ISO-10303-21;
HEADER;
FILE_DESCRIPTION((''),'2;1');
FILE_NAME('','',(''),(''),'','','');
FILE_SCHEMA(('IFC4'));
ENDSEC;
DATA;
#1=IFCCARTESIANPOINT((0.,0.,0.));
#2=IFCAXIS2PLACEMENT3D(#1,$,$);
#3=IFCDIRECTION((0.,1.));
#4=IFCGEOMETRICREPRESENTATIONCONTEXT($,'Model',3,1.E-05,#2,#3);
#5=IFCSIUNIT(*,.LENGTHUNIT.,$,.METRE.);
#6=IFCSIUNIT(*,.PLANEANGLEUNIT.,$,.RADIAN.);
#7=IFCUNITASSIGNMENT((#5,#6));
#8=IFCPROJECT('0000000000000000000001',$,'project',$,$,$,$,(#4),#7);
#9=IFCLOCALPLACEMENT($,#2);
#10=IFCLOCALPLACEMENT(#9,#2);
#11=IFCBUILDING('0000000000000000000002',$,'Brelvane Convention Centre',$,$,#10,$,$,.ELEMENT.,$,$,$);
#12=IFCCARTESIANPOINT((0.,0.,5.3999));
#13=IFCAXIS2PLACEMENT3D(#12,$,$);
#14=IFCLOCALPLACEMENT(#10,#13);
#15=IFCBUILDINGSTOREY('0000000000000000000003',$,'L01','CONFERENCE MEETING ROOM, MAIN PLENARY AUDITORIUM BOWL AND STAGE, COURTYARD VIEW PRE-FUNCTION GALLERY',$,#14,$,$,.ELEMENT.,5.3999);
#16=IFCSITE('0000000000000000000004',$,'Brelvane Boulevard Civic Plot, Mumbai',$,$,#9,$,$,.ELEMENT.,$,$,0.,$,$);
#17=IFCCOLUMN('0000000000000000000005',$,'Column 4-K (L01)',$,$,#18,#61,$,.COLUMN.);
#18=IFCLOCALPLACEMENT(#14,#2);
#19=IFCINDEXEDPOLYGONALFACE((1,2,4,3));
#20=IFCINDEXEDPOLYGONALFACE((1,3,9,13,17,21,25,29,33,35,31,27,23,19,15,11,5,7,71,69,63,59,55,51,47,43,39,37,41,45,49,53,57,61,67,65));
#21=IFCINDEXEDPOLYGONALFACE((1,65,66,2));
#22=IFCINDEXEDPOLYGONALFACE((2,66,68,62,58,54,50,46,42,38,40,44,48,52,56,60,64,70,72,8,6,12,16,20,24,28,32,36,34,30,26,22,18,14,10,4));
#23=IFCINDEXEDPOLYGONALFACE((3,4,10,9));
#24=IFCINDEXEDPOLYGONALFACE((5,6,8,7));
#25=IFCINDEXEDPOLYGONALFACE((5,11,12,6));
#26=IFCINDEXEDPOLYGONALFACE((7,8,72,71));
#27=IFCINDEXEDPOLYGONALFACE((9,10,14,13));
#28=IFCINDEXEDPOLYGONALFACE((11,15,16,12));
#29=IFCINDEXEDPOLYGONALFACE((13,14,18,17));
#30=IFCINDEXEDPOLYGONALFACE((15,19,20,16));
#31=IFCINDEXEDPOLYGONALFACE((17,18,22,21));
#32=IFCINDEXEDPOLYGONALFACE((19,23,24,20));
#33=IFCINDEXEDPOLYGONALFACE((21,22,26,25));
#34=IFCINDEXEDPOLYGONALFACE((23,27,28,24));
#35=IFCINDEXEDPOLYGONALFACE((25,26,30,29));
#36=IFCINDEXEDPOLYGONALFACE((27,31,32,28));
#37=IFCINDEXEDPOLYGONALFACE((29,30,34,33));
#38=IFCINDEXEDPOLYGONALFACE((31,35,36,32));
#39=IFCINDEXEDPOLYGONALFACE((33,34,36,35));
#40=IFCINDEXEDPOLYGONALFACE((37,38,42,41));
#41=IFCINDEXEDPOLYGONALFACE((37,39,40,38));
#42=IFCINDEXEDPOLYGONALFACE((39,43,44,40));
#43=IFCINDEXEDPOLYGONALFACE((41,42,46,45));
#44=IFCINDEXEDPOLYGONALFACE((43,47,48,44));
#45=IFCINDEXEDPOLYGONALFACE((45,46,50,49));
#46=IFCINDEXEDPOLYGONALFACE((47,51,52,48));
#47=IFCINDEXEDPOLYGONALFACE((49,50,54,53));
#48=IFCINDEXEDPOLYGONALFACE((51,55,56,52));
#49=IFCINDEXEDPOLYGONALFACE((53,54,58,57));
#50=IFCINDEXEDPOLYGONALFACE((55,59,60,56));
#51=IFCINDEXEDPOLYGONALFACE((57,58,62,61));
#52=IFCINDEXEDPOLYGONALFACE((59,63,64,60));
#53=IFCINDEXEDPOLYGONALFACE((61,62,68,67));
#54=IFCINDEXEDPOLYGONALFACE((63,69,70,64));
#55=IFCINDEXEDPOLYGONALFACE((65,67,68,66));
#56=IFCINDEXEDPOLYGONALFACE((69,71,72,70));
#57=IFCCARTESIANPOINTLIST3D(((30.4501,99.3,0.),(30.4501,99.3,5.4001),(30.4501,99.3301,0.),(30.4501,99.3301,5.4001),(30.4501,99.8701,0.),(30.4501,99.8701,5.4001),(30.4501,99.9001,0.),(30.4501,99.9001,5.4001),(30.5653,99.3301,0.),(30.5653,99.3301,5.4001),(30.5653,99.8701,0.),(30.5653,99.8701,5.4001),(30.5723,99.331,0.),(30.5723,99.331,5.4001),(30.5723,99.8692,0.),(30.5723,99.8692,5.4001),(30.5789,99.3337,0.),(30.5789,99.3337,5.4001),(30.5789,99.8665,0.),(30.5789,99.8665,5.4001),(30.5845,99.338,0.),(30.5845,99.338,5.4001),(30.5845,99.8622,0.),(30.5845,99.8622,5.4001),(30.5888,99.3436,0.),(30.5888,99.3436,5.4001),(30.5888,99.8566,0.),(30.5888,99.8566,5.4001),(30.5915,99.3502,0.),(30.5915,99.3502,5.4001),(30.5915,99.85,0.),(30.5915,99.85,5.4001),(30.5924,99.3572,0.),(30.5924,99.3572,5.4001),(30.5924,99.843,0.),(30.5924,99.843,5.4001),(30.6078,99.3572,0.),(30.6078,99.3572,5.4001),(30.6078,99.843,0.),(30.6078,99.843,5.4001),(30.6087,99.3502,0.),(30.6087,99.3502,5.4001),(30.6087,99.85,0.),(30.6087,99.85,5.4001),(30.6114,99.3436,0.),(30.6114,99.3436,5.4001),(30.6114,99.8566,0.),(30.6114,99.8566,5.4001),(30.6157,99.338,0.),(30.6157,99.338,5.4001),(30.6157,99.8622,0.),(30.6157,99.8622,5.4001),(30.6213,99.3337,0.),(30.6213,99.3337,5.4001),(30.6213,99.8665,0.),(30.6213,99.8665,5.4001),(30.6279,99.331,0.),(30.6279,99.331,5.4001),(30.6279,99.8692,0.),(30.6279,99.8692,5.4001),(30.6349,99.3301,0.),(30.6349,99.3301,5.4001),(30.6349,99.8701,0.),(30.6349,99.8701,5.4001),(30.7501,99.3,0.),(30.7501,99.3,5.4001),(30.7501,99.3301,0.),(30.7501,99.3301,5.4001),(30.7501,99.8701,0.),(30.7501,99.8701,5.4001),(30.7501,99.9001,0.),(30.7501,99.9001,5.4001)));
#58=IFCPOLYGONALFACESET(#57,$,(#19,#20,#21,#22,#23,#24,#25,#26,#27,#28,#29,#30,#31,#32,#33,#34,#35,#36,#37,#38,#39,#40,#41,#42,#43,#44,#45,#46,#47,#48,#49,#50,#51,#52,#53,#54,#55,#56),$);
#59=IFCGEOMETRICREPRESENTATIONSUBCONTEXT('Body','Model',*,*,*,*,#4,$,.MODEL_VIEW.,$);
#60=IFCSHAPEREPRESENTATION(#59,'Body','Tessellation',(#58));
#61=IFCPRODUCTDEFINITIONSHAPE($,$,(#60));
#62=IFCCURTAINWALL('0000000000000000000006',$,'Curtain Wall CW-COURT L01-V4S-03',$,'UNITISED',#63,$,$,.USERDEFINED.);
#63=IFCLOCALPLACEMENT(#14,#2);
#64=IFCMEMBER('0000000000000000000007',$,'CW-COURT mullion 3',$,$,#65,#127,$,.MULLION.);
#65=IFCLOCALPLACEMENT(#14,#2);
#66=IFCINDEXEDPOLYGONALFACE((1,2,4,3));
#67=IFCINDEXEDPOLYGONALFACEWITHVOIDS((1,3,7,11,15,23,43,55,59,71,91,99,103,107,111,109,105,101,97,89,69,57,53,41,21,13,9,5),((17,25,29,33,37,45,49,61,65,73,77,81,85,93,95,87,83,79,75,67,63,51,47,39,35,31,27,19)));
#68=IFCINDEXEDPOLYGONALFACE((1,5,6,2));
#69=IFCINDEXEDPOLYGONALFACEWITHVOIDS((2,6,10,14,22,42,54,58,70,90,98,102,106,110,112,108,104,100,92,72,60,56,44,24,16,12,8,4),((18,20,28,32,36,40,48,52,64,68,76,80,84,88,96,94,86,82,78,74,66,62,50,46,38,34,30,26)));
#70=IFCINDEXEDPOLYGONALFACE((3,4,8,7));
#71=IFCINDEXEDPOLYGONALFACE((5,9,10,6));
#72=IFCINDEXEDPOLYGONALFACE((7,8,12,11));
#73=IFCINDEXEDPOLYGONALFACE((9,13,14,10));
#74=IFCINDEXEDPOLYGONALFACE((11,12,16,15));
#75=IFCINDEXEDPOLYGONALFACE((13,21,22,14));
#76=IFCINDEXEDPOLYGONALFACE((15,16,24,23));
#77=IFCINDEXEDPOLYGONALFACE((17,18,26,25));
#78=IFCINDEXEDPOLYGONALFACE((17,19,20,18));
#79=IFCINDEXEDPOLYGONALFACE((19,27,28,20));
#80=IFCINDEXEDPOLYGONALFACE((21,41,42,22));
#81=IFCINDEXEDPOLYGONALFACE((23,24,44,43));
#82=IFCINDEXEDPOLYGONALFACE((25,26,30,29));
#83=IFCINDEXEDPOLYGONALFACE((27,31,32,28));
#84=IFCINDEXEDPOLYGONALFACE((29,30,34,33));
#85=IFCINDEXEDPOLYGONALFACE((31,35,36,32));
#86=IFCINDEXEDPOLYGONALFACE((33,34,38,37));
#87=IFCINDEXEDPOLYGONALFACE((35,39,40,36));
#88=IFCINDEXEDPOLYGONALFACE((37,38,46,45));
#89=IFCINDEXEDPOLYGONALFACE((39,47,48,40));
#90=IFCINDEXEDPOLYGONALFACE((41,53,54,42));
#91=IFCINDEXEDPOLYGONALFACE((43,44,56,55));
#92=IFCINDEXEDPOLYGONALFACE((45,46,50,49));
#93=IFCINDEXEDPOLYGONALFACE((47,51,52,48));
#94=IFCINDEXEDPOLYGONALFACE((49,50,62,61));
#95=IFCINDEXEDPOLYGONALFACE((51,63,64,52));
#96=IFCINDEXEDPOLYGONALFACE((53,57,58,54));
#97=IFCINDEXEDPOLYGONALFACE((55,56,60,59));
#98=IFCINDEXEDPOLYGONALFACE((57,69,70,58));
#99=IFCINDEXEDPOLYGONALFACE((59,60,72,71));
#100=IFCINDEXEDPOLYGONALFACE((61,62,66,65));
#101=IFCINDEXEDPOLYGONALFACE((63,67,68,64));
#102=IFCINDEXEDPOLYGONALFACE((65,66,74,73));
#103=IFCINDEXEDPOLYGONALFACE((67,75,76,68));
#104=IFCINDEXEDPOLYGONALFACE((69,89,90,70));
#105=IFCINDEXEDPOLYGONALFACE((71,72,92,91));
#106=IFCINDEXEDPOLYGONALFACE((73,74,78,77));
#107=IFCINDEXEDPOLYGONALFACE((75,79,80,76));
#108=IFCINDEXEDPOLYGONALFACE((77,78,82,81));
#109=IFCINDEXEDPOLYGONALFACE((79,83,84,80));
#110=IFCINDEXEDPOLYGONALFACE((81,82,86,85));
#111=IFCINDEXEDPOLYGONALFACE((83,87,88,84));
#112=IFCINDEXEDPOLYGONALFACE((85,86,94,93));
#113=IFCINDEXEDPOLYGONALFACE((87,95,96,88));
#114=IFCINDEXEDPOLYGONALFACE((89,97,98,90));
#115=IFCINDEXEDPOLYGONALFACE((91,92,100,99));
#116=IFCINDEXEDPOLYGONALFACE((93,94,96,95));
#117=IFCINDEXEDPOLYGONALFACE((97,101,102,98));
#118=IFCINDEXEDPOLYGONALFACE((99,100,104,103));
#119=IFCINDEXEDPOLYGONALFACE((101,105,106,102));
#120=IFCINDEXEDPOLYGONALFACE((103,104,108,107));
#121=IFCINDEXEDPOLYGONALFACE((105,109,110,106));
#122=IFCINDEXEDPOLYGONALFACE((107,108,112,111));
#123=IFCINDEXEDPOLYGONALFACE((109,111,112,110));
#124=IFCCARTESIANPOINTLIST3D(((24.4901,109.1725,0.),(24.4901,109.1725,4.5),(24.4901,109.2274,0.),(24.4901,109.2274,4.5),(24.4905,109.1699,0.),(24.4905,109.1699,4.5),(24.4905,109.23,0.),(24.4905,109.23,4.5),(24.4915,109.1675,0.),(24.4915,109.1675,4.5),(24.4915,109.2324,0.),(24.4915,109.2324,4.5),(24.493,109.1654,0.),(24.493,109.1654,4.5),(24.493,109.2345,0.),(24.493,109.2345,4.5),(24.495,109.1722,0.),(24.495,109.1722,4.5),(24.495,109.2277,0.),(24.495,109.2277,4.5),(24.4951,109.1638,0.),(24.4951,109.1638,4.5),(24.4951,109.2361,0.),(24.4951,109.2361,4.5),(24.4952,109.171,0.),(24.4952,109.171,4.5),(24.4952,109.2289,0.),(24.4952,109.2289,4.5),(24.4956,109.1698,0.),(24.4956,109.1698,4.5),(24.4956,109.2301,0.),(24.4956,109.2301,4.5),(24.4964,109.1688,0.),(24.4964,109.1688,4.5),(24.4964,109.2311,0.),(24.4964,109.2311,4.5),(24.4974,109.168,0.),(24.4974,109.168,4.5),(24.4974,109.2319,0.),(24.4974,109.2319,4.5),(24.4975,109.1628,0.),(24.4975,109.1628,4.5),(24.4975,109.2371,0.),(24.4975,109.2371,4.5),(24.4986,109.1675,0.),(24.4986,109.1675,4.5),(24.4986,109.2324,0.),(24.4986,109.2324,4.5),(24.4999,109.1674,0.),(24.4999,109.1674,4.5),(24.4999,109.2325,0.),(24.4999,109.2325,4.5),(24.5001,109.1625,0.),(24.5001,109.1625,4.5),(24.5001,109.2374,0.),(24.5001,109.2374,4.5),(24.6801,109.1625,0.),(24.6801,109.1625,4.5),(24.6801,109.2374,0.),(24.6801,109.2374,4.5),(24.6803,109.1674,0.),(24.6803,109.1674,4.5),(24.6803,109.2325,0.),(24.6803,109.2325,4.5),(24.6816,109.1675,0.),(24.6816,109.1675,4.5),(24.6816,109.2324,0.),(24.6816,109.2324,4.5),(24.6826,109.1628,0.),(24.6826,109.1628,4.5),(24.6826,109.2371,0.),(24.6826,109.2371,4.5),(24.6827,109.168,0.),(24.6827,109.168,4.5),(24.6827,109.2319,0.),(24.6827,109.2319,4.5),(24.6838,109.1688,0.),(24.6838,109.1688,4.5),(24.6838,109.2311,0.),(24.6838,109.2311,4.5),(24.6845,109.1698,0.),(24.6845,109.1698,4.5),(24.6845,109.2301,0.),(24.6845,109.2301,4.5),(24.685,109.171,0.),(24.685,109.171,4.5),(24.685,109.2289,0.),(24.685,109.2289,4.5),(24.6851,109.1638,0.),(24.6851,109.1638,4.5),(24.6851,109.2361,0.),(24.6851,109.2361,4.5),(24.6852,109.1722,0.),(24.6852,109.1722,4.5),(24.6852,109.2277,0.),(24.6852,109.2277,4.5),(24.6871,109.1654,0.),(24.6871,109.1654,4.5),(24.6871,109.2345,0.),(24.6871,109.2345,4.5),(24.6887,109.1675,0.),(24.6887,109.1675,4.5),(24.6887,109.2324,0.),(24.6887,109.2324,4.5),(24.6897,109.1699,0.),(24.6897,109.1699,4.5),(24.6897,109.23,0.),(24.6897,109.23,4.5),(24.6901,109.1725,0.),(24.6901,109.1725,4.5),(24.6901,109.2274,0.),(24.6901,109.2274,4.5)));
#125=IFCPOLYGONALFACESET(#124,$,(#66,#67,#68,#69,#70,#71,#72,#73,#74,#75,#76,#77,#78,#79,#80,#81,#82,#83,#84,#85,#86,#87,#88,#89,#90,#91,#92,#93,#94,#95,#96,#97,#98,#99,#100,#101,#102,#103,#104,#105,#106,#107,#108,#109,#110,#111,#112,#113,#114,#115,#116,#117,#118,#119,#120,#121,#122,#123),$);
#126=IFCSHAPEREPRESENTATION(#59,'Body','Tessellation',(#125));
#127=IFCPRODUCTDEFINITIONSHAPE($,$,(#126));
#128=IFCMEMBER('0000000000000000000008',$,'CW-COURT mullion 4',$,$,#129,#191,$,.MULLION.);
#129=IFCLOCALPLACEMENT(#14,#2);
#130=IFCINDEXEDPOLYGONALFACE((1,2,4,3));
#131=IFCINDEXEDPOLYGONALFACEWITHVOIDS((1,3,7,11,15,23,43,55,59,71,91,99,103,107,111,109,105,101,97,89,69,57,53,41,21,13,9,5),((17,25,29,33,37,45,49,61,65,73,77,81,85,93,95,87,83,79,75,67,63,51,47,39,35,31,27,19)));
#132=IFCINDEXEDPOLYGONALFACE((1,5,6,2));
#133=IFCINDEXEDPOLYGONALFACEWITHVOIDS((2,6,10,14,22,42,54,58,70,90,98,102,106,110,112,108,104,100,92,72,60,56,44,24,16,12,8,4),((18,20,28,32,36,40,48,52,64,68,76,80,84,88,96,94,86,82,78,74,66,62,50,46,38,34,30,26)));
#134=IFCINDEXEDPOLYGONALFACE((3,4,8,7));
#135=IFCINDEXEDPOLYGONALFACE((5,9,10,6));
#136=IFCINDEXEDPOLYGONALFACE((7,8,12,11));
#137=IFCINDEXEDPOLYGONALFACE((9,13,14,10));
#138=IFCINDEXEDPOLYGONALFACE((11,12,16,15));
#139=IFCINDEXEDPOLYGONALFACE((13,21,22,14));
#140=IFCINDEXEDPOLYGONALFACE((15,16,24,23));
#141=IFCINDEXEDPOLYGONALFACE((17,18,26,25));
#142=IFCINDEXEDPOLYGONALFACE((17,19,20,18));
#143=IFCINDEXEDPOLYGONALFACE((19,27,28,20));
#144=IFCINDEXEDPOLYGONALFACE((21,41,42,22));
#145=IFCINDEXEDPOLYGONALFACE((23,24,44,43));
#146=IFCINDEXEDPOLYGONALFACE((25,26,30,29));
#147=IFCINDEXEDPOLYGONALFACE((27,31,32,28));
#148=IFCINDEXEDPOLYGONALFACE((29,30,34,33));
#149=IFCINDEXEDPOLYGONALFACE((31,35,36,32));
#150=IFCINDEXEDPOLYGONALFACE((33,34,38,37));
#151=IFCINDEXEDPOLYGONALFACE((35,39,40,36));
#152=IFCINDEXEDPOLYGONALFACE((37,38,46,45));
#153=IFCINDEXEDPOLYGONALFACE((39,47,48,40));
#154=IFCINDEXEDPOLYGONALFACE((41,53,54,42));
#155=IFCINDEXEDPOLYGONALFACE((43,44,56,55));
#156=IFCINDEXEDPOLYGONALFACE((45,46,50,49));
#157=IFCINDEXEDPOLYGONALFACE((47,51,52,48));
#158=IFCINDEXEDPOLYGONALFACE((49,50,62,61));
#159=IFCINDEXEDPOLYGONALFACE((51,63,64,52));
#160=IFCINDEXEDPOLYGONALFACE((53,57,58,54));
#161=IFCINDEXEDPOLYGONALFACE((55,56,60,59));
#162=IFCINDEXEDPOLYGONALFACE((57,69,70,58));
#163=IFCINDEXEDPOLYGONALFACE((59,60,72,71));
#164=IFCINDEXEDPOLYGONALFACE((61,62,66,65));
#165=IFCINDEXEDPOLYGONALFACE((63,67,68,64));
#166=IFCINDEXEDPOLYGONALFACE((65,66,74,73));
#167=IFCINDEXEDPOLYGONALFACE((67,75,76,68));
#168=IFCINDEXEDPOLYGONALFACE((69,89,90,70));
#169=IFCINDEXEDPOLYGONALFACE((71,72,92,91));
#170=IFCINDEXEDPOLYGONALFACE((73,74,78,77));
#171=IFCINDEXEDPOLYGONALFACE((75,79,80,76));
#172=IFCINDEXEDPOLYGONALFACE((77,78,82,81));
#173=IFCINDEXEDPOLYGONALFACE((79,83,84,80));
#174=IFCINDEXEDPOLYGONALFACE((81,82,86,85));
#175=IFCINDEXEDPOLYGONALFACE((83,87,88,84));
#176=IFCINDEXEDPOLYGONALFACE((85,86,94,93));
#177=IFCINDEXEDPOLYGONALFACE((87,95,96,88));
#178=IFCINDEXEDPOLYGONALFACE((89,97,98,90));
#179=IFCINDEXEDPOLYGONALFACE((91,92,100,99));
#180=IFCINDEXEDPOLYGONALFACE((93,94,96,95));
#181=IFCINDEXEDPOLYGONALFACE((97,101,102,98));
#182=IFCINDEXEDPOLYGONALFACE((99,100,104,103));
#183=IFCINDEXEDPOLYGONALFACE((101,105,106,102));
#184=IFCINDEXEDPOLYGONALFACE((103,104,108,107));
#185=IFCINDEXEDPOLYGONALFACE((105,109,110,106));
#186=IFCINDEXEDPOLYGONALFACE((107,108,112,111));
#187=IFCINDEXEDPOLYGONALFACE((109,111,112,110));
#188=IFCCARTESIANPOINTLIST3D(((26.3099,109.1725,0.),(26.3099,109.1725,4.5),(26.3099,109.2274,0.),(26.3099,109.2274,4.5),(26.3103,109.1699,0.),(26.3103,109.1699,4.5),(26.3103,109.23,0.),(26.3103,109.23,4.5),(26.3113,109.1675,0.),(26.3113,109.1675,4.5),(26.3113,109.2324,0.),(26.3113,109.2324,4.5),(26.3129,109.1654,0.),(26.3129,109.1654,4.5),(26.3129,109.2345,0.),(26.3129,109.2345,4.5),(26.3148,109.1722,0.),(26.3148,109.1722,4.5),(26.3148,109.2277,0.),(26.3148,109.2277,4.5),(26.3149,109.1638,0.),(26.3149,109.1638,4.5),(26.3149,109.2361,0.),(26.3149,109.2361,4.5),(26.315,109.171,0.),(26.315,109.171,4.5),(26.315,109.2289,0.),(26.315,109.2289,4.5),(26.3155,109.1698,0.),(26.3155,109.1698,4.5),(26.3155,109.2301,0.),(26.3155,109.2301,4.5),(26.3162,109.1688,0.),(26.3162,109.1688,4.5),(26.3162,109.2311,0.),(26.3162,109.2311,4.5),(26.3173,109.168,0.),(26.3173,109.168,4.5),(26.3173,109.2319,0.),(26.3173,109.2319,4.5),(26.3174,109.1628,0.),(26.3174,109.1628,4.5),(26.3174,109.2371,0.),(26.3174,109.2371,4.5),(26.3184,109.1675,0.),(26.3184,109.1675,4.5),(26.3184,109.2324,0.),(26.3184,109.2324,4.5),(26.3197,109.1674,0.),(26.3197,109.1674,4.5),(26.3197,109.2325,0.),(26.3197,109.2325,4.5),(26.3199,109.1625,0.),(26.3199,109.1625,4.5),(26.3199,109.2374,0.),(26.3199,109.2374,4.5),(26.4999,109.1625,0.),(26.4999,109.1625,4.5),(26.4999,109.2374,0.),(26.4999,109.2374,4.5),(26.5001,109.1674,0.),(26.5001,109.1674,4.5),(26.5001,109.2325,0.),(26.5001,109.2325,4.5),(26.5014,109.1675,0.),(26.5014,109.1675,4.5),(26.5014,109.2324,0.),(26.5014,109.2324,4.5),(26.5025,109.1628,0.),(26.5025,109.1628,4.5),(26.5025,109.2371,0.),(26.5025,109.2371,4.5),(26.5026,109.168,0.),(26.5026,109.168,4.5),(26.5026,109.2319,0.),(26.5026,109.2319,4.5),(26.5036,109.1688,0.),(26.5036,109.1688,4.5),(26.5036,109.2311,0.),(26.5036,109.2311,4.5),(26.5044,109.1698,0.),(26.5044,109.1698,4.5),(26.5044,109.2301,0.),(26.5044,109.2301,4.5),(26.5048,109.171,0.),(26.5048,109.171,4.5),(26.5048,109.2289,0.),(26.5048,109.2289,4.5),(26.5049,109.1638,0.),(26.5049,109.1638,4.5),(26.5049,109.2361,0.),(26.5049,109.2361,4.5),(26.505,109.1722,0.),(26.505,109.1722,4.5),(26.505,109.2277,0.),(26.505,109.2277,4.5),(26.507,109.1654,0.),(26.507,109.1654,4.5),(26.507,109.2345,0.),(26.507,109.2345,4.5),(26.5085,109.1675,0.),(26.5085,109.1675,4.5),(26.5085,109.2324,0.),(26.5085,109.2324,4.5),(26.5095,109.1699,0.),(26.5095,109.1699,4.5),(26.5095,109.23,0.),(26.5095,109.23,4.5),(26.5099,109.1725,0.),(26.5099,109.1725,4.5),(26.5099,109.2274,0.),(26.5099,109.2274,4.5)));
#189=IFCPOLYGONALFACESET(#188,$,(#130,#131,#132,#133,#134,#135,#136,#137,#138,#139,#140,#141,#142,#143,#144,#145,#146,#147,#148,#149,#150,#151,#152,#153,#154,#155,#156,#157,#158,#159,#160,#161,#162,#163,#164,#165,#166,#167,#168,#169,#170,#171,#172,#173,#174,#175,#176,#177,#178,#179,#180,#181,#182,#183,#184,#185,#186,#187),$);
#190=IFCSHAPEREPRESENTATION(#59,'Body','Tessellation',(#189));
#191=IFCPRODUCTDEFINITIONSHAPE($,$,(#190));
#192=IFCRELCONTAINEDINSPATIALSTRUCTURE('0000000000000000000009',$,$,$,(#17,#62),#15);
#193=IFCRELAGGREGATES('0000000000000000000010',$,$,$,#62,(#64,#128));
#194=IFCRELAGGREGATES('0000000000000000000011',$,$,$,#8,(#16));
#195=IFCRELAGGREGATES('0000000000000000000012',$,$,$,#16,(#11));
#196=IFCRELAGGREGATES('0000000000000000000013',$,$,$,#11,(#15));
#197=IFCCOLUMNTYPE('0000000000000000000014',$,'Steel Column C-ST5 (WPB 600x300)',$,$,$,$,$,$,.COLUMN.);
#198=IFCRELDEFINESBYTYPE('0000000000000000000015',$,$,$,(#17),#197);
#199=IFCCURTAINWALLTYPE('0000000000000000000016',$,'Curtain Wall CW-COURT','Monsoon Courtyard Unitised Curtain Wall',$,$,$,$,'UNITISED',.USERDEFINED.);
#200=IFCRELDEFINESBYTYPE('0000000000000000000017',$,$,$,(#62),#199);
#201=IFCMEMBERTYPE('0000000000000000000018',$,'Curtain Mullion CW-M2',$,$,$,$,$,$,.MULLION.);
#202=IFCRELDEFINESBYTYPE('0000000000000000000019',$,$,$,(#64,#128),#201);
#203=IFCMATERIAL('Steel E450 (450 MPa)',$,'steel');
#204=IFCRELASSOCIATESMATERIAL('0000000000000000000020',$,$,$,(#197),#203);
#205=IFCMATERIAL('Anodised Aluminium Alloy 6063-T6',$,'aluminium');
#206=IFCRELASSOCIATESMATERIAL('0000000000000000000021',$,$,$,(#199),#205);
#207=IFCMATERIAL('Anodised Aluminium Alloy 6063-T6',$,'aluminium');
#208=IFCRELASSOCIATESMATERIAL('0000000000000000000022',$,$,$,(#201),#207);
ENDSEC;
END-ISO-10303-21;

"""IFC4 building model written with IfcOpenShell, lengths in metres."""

from ifc_helpers import new_model, si_unit, direction, frame, origin, origin_2d, place, context, subcontext, project, spatial, hollow_rectangle, i_section, extrude, material, material_profile, profile_set, type_object, element, aggregate, save


model = new_model("IFC4")

# Units and contexts
model_context = context("Model", 3, precision=1e-05, world=origin(), true_north=direction((0.0, 1.0)))
body_context = subcontext(model_context, "Body", "Model", "MODEL_VIEW")
ifc_project = project(units=[si_unit("LENGTHUNIT", "METRE"), si_unit("PLANEANGLEUNIT", "RADIAN")], contexts=[model_context])

# Site, building, storey
site_placement = place(None, origin())
site = spatial("IfcSite", under=ifc_project, at=site_placement, Name="Brelvane Boulevard Civic Plot, Mumbai", CompositionType="ELEMENT", RefElevation=0.0)
building_placement = place(site_placement, origin())
building = spatial("IfcBuilding", under=site, at=building_placement, Name="Brelvane Convention Centre", CompositionType="ELEMENT")
storey_placement = place(building_placement, frame((0.0, 0.0, 5.3999)))
storey = spatial("IfcBuildingStorey", under=building, at=storey_placement, Name="L01", Description="CONFERENCE MEETING ROOM, MAIN PLENARY AUDITORIUM BOWL AND STAGE, COURTYARD VIEW PRE-FUNCTION GALLERY", CompositionType="ELEMENT", Elevation=5.3999)

# Column
ifc_material_1 = material(Name="Steel E450 (450 MPa)", Category="steel")
ifc_material_profile_1 = material_profile(ifc_material_1, i_section(OverallWidth=0.3, OverallDepth=0.6001, WebThickness=0.0154, FlangeThickness=0.03, FilletRadius=0.0271, at=origin_2d()), Name="WPB 600x300")
ifc_profile_set_1 = profile_set([ifc_material_profile_1], Name="Steel E450 (450 MPa)")
column_type = type_object("IfcColumnType", Name="Steel Column C-ST5 (WPB 600x300)", PredefinedType="COLUMN", material=ifc_profile_set_1)
column_placement = place(storey_placement, frame((30.6001, 99.6001, 0.0), z_axis=(0.0, 0.0, 1.0), x_axis=(1.0, 0.0, 0.0)))
element("IfcColumn", 1, at=column_placement, inside=storey, type_object=column_type, Name="Column 4-K (L01)", PredefinedType="COLUMN", context=body_context, shape_type="SweptSolid", body=[
    extrude(i_section(OverallWidth=0.3, OverallDepth=0.6001, WebThickness=0.0154, FlangeThickness=0.03, FilletRadius=0.0271, at=origin_2d()), origin(), (0.0, 0.0, 1.0), 5.4001),
])

# Curtain wall, members
ifc_material_2 = material(Name="Anodised Aluminium Alloy 6063-T6", Category="aluminium")
curtain_wall_type = type_object("IfcCurtainWallType", Name="Curtain Wall CW-COURT", Description="Monsoon Courtyard Unitised Curtain Wall", ElementType="UNITISED", PredefinedType="USERDEFINED", material=ifc_material_2)
curtain_wall_placement = place(storey_placement, origin())
curtain_wall = element("IfcCurtainWall", 2, at=curtain_wall_placement, inside=storey, type_object=curtain_wall_type, Name="Curtain Wall CW-COURT L01-V4S-03", ObjectType="UNITISED", PredefinedType="USERDEFINED")
ifc_material_3 = material(Name="Anodised Aluminium Alloy 6063-T6", Category="aluminium")
ifc_material_profile_2 = material_profile(ifc_material_3, hollow_rectangle(XDim=0.075, YDim=0.2, WallThickness=0.0049, InnerFilletRadius=0.0049, OuterFilletRadius=0.01, at=origin_2d()), Name="ALU-M 200x75x5.0")
ifc_profile_set_2 = profile_set([ifc_material_profile_2], Name="Anodised Aluminium Alloy 6063-T6")
member_type_1 = type_object("IfcMemberType", Name="Curtain Mullion CW-M2", PredefinedType="MULLION", material=ifc_profile_set_2)
member_1_placement = place(storey_placement, frame((24.5901, 109.2, 0.0), z_axis=(0.0, 0.0, 1.0), x_axis=(0.0, 1.0, 0.0)))
member_1 = element("IfcMember", 3, at=member_1_placement, type_object=member_type_1, Name="CW-COURT mullion 3", PredefinedType="MULLION", context=body_context, shape_type="SweptSolid", body=[
    extrude(hollow_rectangle(XDim=0.075, YDim=0.2, WallThickness=0.0049, InnerFilletRadius=0.0049, OuterFilletRadius=0.01, at=origin_2d()), origin(), (0.0, 0.0, 1.0), 4.5),
])
member_2_placement = place(storey_placement, frame((26.4099, 109.2, 0.0), z_axis=(0.0, 0.0, 1.0), x_axis=(0.0, 1.0, 0.0)))
member_2 = element("IfcMember", 4, at=member_2_placement, type_object=member_type_1, Name="CW-COURT mullion 4", PredefinedType="MULLION", context=body_context, shape_type="SweptSolid", body=[
    extrude(hollow_rectangle(XDim=0.075, YDim=0.2, WallThickness=0.0049, InnerFilletRadius=0.0049, OuterFilletRadius=0.01, at=origin_2d()), origin(), (0.0, 0.0, 1.0), 4.5),
])

aggregate(curtain_wall, [member_1, member_2])

save(model, "model.ifc")
